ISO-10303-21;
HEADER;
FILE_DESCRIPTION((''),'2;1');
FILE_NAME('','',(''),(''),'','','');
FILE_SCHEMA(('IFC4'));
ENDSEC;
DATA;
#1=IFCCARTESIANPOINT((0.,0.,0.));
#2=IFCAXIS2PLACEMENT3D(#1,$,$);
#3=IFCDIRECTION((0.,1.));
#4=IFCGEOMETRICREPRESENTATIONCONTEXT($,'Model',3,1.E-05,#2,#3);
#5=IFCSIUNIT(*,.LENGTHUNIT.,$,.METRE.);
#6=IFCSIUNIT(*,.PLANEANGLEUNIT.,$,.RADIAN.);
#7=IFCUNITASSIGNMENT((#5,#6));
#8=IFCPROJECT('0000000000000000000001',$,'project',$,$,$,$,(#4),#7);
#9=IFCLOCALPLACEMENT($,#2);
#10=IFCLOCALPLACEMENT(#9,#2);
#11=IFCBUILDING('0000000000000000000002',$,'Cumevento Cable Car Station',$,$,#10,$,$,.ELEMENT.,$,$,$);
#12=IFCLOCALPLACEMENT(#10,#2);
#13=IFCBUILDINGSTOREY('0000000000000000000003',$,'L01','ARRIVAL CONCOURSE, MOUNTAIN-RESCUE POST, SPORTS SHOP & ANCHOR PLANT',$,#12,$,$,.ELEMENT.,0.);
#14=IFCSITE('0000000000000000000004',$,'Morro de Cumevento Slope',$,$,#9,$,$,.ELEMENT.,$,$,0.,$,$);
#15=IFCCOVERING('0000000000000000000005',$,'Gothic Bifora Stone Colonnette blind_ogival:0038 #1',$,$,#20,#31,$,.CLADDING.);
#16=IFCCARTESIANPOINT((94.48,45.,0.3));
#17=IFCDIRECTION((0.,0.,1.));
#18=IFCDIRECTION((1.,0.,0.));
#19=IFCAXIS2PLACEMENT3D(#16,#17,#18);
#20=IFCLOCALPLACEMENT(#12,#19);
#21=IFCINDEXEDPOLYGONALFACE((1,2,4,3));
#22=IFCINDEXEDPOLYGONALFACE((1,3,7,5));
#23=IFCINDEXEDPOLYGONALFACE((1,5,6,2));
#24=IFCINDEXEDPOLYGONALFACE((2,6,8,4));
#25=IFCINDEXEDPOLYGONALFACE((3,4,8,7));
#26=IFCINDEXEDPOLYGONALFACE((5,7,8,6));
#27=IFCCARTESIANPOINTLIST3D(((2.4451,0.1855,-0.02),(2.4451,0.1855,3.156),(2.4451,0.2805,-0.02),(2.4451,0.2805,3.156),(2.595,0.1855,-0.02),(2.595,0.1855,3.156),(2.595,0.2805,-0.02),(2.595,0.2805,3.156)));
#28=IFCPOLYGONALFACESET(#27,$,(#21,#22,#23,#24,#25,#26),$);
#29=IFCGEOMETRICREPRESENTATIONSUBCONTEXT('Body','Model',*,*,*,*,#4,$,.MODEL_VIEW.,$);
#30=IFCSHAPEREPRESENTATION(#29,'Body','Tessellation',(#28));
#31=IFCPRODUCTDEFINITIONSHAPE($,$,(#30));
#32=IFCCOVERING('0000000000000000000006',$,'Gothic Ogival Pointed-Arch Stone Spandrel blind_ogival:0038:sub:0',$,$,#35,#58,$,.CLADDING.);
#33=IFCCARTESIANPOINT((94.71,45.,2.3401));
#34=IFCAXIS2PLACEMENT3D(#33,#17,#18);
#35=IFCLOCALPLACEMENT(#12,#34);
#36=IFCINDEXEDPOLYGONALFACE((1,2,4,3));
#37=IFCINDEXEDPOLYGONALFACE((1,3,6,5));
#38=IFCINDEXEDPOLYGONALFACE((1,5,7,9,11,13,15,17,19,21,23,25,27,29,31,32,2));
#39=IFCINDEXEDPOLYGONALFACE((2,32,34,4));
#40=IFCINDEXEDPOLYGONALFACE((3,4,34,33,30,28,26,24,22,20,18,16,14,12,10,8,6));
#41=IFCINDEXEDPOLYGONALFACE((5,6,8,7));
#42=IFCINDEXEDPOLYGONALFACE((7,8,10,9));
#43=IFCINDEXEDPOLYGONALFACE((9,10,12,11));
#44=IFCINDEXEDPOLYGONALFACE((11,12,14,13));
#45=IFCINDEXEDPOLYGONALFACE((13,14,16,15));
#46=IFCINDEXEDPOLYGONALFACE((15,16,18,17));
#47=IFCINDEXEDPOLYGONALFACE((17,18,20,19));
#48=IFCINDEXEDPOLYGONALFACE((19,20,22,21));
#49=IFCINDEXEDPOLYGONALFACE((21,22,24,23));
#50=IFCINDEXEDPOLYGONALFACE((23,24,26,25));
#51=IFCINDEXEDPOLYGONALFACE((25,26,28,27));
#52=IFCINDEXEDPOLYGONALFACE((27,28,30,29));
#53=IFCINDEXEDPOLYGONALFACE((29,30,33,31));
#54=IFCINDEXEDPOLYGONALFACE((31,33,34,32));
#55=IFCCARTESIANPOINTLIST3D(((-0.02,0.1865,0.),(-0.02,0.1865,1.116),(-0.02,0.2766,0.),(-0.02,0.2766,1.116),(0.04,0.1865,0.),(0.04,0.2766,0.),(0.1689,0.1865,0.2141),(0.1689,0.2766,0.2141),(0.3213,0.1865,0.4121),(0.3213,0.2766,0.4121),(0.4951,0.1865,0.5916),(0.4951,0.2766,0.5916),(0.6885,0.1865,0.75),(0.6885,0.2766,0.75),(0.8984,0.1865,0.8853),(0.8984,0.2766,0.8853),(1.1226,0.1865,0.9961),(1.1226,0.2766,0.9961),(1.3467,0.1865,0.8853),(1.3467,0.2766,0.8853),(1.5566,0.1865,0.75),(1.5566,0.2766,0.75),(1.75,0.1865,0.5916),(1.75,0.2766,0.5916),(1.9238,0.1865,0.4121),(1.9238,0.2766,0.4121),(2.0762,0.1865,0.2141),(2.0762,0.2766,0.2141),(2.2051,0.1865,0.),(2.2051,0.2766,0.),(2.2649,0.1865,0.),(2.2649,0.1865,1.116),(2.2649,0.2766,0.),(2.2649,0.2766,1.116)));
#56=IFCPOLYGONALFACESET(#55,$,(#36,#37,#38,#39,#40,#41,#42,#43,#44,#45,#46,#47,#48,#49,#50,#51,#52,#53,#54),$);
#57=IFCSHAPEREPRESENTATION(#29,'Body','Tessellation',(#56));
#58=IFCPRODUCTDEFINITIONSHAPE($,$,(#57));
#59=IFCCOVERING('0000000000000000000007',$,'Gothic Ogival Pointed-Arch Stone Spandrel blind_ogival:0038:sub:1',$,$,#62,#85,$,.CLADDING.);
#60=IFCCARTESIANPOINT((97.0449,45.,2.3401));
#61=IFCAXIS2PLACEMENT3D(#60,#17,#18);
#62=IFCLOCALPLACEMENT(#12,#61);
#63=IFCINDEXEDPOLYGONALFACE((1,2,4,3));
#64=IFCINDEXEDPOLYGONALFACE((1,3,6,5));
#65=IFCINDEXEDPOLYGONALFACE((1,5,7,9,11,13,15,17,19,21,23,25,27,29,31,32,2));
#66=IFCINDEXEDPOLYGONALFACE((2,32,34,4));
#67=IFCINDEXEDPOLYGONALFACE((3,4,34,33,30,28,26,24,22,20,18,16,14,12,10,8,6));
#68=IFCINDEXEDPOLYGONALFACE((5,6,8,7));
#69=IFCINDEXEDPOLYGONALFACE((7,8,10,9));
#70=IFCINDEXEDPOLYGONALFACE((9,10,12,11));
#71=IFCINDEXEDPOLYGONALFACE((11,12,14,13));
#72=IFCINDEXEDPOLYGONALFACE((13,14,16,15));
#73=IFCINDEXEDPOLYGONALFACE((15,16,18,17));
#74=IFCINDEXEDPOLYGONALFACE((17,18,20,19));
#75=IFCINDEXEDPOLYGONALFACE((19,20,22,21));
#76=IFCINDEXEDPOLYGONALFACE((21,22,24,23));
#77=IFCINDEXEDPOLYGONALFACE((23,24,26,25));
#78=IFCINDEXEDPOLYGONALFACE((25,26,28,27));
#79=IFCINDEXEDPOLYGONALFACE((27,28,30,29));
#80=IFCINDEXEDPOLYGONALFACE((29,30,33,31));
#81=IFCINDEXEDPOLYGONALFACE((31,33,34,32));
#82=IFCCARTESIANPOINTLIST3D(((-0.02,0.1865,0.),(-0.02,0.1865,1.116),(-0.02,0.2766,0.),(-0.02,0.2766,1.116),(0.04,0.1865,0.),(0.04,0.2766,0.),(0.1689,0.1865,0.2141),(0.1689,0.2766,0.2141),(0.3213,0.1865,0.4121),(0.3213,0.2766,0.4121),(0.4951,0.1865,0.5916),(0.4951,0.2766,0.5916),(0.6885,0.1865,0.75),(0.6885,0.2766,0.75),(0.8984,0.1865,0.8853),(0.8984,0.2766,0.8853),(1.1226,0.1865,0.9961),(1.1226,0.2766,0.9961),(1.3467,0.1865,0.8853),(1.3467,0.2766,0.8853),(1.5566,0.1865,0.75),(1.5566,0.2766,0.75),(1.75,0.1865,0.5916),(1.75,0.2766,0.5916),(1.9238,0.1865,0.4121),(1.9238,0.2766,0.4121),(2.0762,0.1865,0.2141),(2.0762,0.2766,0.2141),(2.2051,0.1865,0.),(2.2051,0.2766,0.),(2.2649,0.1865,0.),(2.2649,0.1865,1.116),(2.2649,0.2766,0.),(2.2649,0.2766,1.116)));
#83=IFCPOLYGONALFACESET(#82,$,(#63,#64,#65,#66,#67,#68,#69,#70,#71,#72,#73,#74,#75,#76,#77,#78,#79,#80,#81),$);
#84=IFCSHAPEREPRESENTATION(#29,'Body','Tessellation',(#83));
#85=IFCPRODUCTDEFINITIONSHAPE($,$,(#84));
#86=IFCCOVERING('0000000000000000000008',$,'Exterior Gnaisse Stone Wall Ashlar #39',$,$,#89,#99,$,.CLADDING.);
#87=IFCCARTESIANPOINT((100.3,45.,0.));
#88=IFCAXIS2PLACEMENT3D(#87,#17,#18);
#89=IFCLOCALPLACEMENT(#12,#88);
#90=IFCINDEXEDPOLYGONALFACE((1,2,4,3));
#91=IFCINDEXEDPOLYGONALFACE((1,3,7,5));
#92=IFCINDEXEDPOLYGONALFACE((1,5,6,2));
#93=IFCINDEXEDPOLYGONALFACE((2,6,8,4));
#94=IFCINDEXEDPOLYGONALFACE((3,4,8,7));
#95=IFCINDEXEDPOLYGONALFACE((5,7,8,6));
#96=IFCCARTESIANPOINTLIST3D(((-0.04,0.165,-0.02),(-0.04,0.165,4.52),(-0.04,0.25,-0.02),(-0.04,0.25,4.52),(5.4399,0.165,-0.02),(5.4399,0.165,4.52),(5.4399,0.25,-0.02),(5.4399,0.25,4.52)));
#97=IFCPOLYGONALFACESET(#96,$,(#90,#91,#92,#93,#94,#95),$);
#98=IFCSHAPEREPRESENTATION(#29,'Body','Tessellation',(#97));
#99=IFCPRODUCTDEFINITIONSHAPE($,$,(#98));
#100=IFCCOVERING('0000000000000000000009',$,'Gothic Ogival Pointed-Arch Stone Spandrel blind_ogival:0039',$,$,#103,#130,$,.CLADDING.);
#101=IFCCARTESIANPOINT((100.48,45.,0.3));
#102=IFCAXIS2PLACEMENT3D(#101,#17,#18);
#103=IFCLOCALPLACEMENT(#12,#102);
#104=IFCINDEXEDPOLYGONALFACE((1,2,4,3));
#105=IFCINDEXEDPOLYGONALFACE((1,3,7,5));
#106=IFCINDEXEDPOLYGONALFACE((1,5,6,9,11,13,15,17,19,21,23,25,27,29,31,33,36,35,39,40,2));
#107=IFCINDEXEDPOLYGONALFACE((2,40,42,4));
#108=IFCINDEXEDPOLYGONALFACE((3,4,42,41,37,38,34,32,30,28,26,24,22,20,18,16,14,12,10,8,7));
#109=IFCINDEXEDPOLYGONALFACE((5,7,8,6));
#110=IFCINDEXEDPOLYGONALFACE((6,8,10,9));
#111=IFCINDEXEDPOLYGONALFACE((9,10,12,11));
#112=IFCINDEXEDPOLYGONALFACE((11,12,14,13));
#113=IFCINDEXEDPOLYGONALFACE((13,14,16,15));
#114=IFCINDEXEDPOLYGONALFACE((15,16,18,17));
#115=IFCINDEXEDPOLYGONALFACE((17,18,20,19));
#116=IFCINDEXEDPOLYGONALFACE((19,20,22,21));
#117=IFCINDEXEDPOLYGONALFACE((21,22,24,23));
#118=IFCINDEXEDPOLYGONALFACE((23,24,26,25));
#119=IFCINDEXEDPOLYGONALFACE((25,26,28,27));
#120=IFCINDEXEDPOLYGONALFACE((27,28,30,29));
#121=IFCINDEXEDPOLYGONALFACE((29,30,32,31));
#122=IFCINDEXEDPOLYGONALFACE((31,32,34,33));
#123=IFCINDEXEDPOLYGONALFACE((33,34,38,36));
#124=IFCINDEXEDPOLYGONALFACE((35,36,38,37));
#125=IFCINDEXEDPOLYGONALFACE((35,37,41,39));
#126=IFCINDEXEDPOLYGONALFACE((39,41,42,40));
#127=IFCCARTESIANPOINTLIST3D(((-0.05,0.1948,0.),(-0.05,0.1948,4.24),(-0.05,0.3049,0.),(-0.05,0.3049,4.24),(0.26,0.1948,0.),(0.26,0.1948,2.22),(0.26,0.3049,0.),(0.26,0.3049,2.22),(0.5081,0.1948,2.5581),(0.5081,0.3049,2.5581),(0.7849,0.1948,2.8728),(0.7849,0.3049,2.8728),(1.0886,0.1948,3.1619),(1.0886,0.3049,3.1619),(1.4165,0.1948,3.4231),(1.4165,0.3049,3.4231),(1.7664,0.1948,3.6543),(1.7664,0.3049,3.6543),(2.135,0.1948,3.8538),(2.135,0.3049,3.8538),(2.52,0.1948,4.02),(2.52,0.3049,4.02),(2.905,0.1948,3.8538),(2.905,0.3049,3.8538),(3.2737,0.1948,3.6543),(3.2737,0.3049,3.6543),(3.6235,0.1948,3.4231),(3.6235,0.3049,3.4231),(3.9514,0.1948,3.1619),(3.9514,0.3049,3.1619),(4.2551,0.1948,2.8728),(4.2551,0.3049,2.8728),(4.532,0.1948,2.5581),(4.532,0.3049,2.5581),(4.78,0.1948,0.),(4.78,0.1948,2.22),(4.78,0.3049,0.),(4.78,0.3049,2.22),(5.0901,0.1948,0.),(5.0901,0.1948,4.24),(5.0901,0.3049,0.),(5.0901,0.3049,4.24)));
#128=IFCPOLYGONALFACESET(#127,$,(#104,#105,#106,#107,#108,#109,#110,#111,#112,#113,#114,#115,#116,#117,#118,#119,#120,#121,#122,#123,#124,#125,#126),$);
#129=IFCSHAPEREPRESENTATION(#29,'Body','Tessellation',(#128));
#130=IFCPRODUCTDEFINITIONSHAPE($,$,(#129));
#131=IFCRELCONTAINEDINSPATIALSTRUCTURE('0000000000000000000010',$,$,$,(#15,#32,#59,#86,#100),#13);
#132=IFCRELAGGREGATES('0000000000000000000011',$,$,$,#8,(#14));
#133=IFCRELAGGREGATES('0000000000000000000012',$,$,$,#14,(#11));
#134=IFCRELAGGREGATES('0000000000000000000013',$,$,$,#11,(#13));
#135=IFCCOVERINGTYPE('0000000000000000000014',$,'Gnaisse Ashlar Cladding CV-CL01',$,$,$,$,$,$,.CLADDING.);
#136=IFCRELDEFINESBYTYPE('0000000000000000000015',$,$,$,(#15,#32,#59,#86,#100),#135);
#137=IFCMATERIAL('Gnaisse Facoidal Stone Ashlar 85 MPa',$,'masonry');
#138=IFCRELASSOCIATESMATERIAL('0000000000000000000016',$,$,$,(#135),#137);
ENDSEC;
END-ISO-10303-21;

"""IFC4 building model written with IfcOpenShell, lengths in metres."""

from ifc_helpers import new_model, si_unit, direction, frame, origin, place, context, subcontext, project, spatial, polyline, outline, extrude, material, type_object, element, save


model = new_model("IFC4")

# Units and contexts
model_context = context("Model", 3, precision=1e-05, world=origin(), true_north=direction((0.0, 1.0)))
body_context = subcontext(model_context, "Body", "Model", "MODEL_VIEW")
ifc_project = project(units=[si_unit("LENGTHUNIT", "METRE"), si_unit("PLANEANGLEUNIT", "RADIAN")], contexts=[model_context])

# Site, building, storey
site_placement = place(None, origin())
site = spatial("IfcSite", under=ifc_project, at=site_placement, Name="Morro de Cumevento Slope", CompositionType="ELEMENT", RefElevation=0.0)
building_placement = place(site_placement, origin())
building = spatial("IfcBuilding", under=site, at=building_placement, Name="Cumevento Cable Car Station", CompositionType="ELEMENT")
storey_placement = place(building_placement, origin())
storey = spatial("IfcBuildingStorey", under=building, at=storey_placement, Name="L01", Description="ARRIVAL CONCOURSE, MOUNTAIN-RESCUE POST, SPORTS SHOP & ANCHOR PLANT", CompositionType="ELEMENT", Elevation=0.0)

# Coverings
ifc_material_1 = material(Name="Gnaisse Facoidal Stone Ashlar 85 MPa", Category="masonry")
covering_type = type_object("IfcCoveringType", Name="Gnaisse Ashlar Cladding CV-CL01", PredefinedType="CLADDING", material=ifc_material_1)
covering_1_placement = place(storey_placement, frame((94.48, 45.0, 0.3), z_axis=(0.0, 0.0, 1.0), x_axis=(1.0, 0.0, 0.0)))
element("IfcCovering", 1, at=covering_1_placement, inside=storey, type_object=covering_type, Name="Gothic Bifora Stone Colonnette blind_ogival:0038 #1", PredefinedType="CLADDING", context=body_context, shape_type="SweptSolid", body=[
    extrude(outline(polyline([(2.4451, -0.02), (2.595, -0.02), (2.595, 3.156), (2.4451, 3.156), (2.4451, -0.02)])), frame((0.0, 0.2805, 0.0), z_axis=(0.0, -1.0, 0.0), x_axis=(1.0, 0.0, 0.0)), (0.0, 0.0, 1.0), 0.095),
])
for number, where, z_axis, x_axis, name in (
    (2, (94.71, 45.0, 2.3401), (0.0, 0.0, 1.0), (1.0, 0.0, 0.0), "Gothic Ogival Pointed-Arch Stone Spandrel blind_ogival:0038:sub:0"),
    (3, (97.0449, 45.0, 2.3401), (0.0, 0.0, 1.0), (1.0, 0.0, 0.0), "Gothic Ogival Pointed-Arch Stone Spandrel blind_ogival:0038:sub:1"),
):
    element("IfcCovering", number, at=place(storey_placement, frame(where, z_axis=z_axis, x_axis=x_axis)), inside=storey, type_object=covering_type, Name=name, PredefinedType="CLADDING", context=body_context, shape_type="SweptSolid", body=[
        extrude(outline(polyline([(-0.02, 0.0), (-0.02, 1.116), (2.2649, 1.116), (2.2649, 0.0), (2.2051, 0.0), (2.0762, 0.2141), (1.9238, 0.4121), (1.75, 0.5916), (1.5566, 0.75), (1.3467, 0.8853), (1.1226, 0.9961), (0.8984, 0.8853), (0.6885, 0.75), (0.4951, 0.5916), (0.3213, 0.4121), (0.1689, 0.2141), (0.04, 0.0), (-0.02, 0.0)])), frame((0.0, 0.2766, 0.0), z_axis=(0.0, -1.0, 0.0), x_axis=(1.0, 0.0, 0.0)), (0.0, 0.0, 1.0), 0.0901),
    ])
covering_2_placement = place(storey_placement, frame((100.3, 45.0, 0.0), z_axis=(0.0, 0.0, 1.0), x_axis=(1.0, 0.0, 0.0)))
element("IfcCovering", 4, at=covering_2_placement, inside=storey, type_object=covering_type, Name="Exterior Gnaisse Stone Wall Ashlar #39", PredefinedType="CLADDING", context=body_context, shape_type="SweptSolid", body=[
    extrude(outline(polyline([(-0.04, -0.02), (5.4399, -0.02), (5.4399, 4.52), (-0.04, 4.52), (-0.04, -0.02)])), frame((0.0, 0.25, 0.0), z_axis=(0.0, -1.0, 0.0), x_axis=(1.0, 0.0, 0.0)), (0.0, 0.0, 1.0), 0.085),
])
covering_3_placement = place(storey_placement, frame((100.48, 45.0, 0.3), z_axis=(0.0, 0.0, 1.0), x_axis=(1.0, 0.0, 0.0)))
element("IfcCovering", 5, at=covering_3_placement, inside=storey, type_object=covering_type, Name="Gothic Ogival Pointed-Arch Stone Spandrel blind_ogival:0039", PredefinedType="CLADDING", context=body_context, shape_type="SweptSolid", body=[
    extrude(outline(polyline([(-0.05, 0.0), (-0.05, 4.24), (5.0901, 4.24), (5.0901, 0.0), (4.78, 0.0), (4.78, 2.22), (4.532, 2.5581), (4.2551, 2.8728), (3.9514, 3.1619), (3.6235, 3.4231), (3.2737, 3.6543), (2.905, 3.8538), (2.52, 4.02), (2.135, 3.8538), (1.7664, 3.6543), (1.4165, 3.4231), (1.0886, 3.1619), (0.7849, 2.8728), (0.5081, 2.5581), (0.26, 2.22), (0.26, 0.0), (-0.05, 0.0)])), frame((0.0, 0.3049, 0.0), z_axis=(0.0, -1.0, 0.0), x_axis=(1.0, 0.0, 0.0)), (0.0, 0.0, 1.0), 0.1101),
])

save(model, "model.ifc")
